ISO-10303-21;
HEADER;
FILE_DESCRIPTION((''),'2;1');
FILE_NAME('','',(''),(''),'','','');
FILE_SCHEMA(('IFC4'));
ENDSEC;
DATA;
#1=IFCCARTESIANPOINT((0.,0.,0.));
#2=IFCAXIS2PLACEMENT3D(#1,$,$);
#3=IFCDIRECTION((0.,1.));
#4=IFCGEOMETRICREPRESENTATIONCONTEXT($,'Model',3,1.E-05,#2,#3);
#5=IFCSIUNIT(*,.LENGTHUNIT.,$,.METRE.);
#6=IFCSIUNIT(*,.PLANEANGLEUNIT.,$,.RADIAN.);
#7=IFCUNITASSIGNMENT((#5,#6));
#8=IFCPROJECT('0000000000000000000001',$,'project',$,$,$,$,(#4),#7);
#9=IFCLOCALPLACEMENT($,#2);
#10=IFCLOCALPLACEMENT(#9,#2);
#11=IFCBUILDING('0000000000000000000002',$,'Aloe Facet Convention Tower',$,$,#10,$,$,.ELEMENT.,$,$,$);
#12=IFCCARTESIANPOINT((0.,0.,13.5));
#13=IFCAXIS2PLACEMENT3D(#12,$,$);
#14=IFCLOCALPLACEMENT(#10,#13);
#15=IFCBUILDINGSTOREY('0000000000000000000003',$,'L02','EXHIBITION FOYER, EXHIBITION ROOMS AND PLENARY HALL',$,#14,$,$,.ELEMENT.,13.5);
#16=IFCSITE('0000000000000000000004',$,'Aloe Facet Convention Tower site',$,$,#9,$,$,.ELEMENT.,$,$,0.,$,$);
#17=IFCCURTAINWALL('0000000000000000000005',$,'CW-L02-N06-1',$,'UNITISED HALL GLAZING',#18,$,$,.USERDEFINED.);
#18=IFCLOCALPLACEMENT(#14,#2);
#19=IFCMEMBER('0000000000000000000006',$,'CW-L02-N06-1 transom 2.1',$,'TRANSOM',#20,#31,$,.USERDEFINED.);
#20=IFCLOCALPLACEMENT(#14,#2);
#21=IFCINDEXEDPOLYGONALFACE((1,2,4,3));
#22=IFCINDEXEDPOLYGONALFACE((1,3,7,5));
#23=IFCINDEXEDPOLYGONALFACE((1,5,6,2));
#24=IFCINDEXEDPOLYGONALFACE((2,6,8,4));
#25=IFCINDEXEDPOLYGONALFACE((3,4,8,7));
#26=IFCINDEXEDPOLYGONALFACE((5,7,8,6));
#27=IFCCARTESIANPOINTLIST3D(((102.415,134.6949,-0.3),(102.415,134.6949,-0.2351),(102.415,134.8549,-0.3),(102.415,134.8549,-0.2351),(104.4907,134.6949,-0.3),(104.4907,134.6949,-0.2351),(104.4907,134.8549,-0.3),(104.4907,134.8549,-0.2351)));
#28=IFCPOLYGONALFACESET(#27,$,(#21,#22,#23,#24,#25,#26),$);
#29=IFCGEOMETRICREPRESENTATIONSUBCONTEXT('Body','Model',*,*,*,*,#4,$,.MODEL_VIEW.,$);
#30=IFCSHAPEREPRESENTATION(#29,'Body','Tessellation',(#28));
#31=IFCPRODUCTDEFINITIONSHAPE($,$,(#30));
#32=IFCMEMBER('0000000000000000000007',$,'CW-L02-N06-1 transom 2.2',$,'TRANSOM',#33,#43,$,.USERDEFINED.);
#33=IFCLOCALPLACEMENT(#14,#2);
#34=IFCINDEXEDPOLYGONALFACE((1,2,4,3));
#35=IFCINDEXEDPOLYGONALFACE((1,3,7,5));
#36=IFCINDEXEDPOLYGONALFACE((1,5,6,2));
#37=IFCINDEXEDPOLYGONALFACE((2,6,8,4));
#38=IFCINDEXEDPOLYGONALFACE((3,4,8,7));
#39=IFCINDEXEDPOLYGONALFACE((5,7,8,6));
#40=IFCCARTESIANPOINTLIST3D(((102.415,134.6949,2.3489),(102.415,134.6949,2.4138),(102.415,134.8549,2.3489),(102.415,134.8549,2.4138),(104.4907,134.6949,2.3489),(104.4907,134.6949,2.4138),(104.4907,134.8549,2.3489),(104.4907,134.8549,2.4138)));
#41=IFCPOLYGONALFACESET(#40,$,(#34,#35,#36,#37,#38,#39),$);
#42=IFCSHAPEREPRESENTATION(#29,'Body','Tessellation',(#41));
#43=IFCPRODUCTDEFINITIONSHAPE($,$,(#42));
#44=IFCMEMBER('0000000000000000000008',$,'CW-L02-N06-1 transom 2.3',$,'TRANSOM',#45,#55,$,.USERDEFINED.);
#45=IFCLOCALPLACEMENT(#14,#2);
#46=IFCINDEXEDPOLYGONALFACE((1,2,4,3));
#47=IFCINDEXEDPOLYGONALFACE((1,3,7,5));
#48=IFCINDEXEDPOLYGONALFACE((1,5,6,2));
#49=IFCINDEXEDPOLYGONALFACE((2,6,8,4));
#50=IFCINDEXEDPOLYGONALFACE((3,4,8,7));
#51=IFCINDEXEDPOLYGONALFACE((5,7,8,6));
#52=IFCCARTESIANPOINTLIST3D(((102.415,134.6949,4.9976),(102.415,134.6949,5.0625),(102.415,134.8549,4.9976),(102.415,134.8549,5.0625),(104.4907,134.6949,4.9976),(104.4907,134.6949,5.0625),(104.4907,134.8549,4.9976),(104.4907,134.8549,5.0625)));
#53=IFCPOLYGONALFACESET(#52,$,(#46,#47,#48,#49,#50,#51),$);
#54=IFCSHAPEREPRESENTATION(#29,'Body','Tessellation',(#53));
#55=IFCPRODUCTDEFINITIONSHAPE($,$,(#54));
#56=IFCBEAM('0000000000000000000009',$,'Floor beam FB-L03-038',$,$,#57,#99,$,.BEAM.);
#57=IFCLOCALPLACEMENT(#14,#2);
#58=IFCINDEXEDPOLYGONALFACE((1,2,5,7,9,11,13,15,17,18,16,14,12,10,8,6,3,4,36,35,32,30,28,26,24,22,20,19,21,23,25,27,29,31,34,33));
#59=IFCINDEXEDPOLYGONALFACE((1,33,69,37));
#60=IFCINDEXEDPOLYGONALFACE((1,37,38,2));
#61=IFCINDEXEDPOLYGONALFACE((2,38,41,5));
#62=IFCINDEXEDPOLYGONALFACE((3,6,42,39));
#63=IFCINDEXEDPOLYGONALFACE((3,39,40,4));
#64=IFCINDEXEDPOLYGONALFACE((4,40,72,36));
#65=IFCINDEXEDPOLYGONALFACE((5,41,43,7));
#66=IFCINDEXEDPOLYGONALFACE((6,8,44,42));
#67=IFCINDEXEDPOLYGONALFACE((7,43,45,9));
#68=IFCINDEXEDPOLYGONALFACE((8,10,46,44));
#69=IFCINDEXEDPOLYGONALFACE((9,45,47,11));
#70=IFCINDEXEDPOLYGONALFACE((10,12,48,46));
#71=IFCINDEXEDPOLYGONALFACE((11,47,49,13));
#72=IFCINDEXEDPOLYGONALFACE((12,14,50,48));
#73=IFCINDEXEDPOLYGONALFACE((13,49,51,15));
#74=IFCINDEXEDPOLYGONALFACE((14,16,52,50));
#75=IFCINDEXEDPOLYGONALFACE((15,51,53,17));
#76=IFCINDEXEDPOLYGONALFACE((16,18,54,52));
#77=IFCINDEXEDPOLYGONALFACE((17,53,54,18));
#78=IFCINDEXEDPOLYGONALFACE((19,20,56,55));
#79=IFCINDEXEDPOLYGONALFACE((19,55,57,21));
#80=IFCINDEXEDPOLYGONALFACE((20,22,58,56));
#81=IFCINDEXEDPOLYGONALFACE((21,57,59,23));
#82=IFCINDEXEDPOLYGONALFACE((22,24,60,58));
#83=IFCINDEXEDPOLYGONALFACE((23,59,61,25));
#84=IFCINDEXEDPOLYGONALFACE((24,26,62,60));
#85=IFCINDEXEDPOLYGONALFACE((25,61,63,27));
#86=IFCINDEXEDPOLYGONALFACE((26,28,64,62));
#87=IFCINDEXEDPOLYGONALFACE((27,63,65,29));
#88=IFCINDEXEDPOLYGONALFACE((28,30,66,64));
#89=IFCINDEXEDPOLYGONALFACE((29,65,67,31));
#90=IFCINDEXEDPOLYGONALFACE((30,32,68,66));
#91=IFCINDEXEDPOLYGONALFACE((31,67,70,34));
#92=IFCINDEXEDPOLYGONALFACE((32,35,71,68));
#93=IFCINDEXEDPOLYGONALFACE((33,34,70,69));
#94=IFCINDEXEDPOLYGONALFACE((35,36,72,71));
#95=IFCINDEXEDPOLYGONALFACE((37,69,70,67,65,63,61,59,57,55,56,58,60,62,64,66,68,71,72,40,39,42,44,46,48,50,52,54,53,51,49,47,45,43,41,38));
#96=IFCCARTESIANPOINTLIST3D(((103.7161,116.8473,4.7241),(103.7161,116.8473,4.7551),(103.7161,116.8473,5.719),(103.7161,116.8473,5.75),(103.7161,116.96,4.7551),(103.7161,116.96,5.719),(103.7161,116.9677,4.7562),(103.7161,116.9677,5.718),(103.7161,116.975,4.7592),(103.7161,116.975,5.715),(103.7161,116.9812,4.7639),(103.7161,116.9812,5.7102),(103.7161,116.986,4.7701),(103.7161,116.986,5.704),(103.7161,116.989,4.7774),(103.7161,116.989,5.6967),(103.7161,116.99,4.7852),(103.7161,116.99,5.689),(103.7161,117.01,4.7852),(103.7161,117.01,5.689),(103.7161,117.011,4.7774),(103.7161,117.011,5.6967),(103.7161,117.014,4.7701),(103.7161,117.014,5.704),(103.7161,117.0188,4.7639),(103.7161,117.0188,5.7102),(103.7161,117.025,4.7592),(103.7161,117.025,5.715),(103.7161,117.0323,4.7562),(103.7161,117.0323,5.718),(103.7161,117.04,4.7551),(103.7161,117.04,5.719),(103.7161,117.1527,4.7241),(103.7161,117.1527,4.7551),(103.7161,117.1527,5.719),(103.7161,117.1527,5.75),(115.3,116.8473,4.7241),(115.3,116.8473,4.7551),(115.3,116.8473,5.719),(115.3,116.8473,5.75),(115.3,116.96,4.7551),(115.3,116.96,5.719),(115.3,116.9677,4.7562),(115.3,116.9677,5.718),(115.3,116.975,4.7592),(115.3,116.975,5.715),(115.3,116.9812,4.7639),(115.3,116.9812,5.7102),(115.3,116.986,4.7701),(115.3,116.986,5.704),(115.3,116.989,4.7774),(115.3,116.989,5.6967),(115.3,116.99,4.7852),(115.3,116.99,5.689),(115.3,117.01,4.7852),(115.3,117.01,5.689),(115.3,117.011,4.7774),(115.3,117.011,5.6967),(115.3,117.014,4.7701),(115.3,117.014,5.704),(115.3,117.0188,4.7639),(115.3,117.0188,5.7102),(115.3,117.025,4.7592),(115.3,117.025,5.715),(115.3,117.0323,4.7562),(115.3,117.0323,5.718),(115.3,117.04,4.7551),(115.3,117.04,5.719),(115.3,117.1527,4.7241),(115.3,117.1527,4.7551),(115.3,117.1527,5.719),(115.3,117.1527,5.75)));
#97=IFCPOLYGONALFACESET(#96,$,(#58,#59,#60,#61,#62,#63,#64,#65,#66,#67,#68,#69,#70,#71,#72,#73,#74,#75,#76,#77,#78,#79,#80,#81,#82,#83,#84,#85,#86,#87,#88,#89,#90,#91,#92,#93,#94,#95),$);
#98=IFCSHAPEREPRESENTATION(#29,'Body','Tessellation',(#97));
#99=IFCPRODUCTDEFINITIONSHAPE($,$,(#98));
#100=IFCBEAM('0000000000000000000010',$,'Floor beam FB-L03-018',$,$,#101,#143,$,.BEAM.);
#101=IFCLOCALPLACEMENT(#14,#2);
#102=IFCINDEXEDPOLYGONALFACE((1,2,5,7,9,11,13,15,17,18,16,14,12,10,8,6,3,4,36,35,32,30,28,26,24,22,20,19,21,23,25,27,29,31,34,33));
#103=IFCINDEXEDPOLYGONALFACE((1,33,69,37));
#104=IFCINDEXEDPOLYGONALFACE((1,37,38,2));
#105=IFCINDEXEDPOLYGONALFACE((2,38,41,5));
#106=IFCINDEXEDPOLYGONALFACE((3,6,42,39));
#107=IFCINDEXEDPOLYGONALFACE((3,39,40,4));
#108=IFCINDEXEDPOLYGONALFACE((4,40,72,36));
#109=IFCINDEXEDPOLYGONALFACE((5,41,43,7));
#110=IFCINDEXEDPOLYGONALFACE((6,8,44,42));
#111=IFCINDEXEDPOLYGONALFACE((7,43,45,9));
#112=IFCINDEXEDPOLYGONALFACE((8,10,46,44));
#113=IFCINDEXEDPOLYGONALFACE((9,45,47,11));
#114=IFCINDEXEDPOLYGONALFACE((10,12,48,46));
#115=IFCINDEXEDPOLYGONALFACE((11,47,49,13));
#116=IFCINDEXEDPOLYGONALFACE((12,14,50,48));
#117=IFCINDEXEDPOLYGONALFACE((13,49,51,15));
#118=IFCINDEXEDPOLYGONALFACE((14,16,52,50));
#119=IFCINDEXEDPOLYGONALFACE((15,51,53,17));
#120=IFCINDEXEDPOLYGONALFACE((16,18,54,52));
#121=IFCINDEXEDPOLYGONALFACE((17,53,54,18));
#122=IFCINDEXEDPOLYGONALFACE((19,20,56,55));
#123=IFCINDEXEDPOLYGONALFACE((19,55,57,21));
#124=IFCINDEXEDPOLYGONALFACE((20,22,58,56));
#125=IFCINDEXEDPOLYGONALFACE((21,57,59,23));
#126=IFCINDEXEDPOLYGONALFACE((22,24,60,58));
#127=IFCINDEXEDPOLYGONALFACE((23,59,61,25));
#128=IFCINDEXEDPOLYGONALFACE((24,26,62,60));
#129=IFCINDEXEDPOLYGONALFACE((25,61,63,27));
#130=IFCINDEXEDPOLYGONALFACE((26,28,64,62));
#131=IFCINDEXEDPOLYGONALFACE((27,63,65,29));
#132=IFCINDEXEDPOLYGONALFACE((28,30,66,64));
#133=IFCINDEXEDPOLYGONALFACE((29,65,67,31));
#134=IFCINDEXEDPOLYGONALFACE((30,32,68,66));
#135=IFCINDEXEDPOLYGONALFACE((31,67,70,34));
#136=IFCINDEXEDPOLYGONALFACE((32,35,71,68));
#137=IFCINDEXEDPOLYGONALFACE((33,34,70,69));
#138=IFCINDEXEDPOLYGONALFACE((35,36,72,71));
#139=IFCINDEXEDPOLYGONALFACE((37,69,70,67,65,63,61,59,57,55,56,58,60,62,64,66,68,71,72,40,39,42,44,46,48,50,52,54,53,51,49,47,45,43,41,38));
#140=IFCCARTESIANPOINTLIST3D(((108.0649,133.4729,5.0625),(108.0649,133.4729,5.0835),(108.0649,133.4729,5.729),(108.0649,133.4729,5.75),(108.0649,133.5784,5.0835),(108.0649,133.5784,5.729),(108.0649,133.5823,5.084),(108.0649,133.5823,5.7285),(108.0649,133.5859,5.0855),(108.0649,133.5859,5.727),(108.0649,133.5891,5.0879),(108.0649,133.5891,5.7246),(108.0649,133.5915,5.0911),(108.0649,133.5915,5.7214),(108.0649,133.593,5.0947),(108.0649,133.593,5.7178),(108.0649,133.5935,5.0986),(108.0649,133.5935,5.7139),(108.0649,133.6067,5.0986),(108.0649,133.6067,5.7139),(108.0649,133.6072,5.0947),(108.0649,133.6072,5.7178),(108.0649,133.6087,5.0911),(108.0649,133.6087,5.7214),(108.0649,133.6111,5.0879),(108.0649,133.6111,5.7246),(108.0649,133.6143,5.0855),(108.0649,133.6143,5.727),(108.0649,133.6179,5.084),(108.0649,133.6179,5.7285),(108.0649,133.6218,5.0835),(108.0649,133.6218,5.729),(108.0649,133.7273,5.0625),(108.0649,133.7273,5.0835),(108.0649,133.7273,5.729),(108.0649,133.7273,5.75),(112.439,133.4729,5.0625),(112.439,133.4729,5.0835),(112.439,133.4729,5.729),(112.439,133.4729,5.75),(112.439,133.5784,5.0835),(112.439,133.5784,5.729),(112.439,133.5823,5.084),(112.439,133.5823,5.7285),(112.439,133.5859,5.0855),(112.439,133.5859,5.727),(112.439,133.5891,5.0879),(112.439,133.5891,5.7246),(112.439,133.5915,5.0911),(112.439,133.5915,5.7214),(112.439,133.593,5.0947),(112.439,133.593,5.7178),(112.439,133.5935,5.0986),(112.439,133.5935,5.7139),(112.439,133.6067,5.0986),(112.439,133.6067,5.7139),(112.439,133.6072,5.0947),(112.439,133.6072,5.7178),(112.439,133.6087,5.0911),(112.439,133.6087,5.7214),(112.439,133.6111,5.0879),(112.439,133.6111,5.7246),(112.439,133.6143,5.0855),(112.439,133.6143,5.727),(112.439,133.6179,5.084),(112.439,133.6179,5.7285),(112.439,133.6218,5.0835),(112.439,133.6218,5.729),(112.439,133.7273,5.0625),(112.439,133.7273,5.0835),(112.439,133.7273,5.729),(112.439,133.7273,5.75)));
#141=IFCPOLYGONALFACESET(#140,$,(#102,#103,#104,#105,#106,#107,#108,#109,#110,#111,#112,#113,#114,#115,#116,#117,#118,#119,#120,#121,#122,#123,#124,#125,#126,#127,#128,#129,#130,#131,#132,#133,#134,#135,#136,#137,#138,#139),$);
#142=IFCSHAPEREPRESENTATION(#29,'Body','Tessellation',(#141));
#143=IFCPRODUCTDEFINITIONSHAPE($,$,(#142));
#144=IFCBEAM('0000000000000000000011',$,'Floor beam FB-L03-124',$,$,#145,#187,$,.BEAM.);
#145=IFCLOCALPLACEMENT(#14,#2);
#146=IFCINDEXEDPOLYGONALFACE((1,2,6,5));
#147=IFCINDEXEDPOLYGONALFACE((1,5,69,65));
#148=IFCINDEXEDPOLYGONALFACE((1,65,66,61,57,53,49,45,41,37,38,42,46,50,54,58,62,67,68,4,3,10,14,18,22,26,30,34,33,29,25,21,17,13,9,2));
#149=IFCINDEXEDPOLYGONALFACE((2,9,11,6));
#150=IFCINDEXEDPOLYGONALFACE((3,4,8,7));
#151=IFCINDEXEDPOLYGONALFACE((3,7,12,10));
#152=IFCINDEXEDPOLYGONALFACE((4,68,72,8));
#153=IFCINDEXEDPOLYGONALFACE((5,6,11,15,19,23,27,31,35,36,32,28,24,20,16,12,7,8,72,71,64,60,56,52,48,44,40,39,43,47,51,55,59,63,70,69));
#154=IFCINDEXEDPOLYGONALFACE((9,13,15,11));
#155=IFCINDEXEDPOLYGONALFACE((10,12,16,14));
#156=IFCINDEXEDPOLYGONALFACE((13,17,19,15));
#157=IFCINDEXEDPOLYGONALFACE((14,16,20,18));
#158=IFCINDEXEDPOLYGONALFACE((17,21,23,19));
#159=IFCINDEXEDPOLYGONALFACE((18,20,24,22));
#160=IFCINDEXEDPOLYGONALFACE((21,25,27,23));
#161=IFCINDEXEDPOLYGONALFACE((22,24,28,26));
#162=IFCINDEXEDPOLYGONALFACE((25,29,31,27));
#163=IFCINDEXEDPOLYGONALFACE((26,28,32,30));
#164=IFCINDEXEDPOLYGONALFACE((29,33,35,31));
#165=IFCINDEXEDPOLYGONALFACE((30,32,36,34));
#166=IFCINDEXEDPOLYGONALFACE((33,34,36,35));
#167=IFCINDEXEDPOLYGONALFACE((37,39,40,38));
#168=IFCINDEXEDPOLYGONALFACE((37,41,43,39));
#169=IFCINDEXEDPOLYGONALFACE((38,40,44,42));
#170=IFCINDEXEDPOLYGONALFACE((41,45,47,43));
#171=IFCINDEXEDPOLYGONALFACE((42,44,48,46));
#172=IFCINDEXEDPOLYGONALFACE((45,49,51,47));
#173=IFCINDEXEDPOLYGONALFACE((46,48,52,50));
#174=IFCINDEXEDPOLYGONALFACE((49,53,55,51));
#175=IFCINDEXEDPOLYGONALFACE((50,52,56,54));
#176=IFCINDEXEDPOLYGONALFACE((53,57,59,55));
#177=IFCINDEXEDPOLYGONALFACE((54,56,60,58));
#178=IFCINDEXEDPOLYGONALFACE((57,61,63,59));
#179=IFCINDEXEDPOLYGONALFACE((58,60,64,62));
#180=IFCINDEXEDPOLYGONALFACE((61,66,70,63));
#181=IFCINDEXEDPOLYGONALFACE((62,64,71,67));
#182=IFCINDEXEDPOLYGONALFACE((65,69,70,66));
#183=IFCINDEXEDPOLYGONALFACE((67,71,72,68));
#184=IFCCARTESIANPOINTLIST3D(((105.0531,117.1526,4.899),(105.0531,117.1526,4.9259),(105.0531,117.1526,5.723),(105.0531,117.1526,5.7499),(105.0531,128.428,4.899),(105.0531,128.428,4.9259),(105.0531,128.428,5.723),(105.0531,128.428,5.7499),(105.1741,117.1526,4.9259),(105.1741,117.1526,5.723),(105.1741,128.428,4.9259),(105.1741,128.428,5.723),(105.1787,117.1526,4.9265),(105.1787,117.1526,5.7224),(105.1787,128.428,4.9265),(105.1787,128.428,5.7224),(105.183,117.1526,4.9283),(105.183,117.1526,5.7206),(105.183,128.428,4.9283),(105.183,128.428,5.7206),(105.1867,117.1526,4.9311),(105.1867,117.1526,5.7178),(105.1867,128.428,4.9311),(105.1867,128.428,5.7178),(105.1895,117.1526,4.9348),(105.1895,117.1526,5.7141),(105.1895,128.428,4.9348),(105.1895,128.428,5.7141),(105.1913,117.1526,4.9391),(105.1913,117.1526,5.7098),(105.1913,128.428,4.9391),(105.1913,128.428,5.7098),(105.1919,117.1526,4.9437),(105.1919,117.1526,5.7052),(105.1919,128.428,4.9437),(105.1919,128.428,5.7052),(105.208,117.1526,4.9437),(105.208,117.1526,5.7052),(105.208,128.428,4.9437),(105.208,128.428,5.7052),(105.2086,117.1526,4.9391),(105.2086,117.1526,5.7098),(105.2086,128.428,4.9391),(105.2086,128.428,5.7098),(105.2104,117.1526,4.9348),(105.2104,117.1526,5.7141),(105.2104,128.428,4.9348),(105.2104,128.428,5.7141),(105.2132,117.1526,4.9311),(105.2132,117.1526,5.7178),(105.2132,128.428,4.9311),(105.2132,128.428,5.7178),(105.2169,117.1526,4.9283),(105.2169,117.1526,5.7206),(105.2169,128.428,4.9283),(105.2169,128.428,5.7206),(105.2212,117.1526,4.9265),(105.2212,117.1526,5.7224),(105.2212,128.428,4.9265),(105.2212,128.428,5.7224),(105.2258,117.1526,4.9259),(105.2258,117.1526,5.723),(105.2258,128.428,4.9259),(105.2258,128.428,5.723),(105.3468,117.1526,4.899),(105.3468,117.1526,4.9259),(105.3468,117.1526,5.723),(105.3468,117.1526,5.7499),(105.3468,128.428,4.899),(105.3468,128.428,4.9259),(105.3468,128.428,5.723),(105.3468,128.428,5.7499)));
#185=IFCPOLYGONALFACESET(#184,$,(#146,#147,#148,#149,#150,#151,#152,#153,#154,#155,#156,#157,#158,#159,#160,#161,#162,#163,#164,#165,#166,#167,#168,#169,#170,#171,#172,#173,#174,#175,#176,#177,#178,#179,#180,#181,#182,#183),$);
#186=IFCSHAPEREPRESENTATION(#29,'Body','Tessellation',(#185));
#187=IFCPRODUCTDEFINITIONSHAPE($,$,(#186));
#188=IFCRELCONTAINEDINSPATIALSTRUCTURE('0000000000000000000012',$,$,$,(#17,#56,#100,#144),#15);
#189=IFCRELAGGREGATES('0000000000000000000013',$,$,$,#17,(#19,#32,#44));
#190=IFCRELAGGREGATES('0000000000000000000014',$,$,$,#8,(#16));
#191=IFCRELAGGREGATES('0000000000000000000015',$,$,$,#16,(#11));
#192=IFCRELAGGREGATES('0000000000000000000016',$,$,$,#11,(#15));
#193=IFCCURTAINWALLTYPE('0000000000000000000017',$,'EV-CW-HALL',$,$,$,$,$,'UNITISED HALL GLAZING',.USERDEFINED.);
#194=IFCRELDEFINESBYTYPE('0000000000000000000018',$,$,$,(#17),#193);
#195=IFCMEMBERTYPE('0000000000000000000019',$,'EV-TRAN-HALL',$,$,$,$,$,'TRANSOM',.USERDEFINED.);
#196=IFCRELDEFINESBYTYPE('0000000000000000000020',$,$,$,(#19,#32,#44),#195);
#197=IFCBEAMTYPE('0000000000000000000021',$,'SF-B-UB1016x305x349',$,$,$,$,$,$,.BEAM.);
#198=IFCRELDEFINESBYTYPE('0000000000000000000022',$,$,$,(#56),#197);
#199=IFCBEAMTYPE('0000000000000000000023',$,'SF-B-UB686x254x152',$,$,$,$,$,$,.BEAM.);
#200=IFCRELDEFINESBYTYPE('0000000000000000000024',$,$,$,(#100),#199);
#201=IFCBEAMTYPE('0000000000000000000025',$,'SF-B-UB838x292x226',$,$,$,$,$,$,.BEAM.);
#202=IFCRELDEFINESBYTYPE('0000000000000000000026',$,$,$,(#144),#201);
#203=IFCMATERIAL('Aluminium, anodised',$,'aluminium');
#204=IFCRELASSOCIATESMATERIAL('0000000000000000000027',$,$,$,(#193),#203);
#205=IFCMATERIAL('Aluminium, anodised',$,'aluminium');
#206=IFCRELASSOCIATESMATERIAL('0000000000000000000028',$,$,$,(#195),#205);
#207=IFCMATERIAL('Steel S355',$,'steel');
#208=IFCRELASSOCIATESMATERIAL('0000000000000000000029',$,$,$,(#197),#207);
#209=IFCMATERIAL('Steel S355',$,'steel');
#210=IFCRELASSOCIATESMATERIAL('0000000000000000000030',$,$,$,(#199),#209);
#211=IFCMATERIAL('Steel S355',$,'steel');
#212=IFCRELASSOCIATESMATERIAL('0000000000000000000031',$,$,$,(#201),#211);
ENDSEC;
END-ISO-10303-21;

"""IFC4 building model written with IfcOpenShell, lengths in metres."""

from ifc_helpers import new_model, si_unit, direction, frame, origin, origin_2d, place, context, subcontext, project, spatial, rectangle, i_section, extrude, material, material_profile, profile_set, type_object, element, aggregate, save


model = new_model("IFC4")

# Units and contexts
model_context = context("Model", 3, precision=1e-05, world=origin(), true_north=direction((0.0, 1.0)))
body_context = subcontext(model_context, "Body", "Model", "MODEL_VIEW")
ifc_project = project(units=[si_unit("LENGTHUNIT", "METRE"), si_unit("PLANEANGLEUNIT", "RADIAN")], contexts=[model_context])

# Site, building, storey
site_placement = place(None, origin())
site = spatial("IfcSite", under=ifc_project, at=site_placement, Name="Aloe Facet Convention Tower site", CompositionType="ELEMENT", RefElevation=0.0)
building_placement = place(site_placement, origin())
building = spatial("IfcBuilding", under=site, at=building_placement, Name="Aloe Facet Convention Tower", CompositionType="ELEMENT")
storey_placement = place(building_placement, frame((0.0, 0.0, 13.5)))
storey = spatial("IfcBuildingStorey", under=building, at=storey_placement, Name="L02", Description="EXHIBITION FOYER, EXHIBITION ROOMS AND PLENARY HALL", CompositionType="ELEMENT", Elevation=13.5)

# Shared definitions
ifc_material_1 = material(Name="Aluminium, anodised", Category="aluminium")
curtain_wall_type = type_object("IfcCurtainWallType", Name="EV-CW-HALL", ElementType="UNITISED HALL GLAZING", PredefinedType="USERDEFINED", material=ifc_material_1)

# Curtain wall, members
curtain_wall_1_placement = place(storey_placement, origin())
curtain_wall_1 = element("IfcCurtainWall", 1, at=curtain_wall_1_placement, inside=storey, type_object=curtain_wall_type, Name="CW-L02-N06-1", ObjectType="UNITISED HALL GLAZING", PredefinedType="USERDEFINED")
ifc_material_2 = material(Name="Aluminium, anodised", Category="aluminium")
ifc_material_profile_1 = material_profile(ifc_material_2, rectangle(XDim=0.1599, YDim=0.0649, at=origin_2d()), Name="AL 160x65")
ifc_profile_set_1 = profile_set([ifc_material_profile_1], Name="Aluminium, anodised")
member_type_1 = type_object("IfcMemberType", Name="EV-TRAN-HALL", ElementType="TRANSOM", PredefinedType="USERDEFINED", material=ifc_profile_set_1)
member_1_placement = place(storey_placement, frame((104.4907, 134.7749, -0.2676), z_axis=(-1.0, 0.0, 0.0), x_axis=(0.0, -1.0, 0.0)))
member_1 = element("IfcMember", 2, at=member_1_placement, type_object=member_type_1, Name="CW-L02-N06-1 transom 2.1", ObjectType="TRANSOM", PredefinedType="USERDEFINED", context=body_context, shape_type="SweptSolid", body=[
    extrude(rectangle(XDim=0.1599, YDim=0.0649, at=origin_2d()), origin(), (0.0, 0.0, 1.0), 2.0757),
])
member_2_placement = place(storey_placement, frame((104.4907, 134.7749, 2.3813), z_axis=(-1.0, 0.0, 0.0), x_axis=(0.0, -1.0, 0.0)))
member_2 = element("IfcMember", 3, at=member_2_placement, type_object=member_type_1, Name="CW-L02-N06-1 transom 2.2", ObjectType="TRANSOM", PredefinedType="USERDEFINED", context=body_context, shape_type="SweptSolid", body=[
    extrude(rectangle(XDim=0.1599, YDim=0.0649, at=origin_2d()), origin(), (0.0, 0.0, 1.0), 2.0757),
])
member_3_placement = place(storey_placement, frame((104.4907, 134.7749, 5.03), z_axis=(-1.0, 0.0, 0.0), x_axis=(0.0, -1.0, 0.0)))
member_3 = element("IfcMember", 4, at=member_3_placement, type_object=member_type_1, Name="CW-L02-N06-1 transom 2.3", ObjectType="TRANSOM", PredefinedType="USERDEFINED", context=body_context, shape_type="SweptSolid", body=[
    extrude(rectangle(XDim=0.1599, YDim=0.0649, at=origin_2d()), origin(), (0.0, 0.0, 1.0), 2.0757),
])

# Beams
ifc_material_3 = material(Name="Steel S355", Category="steel")
ifc_material_profile_2 = material_profile(ifc_material_3, i_section(OverallWidth=0.3054, OverallDepth=1.0259, WebThickness=0.02, FlangeThickness=0.031, FilletRadius=0.03, at=origin_2d()), Name="UB 1016x305x349")
ifc_profile_set_2 = profile_set([ifc_material_profile_2], Name="Steel S355")
beam_type_1 = type_object("IfcBeamType", Name="SF-B-UB1016x305x349", PredefinedType="BEAM", material=ifc_profile_set_2)
beam_1_placement = place(storey_placement, frame((103.7161, 117.0, 5.2371), z_axis=(1.0, 0.0, 0.0), x_axis=(0.0, 1.0, 0.0)))
element("IfcBeam", 5, at=beam_1_placement, inside=storey, type_object=beam_type_1, Name="Floor beam FB-L03-038", PredefinedType="BEAM", context=body_context, shape_type="SweptSolid", body=[
    extrude(i_section(OverallWidth=0.3054, OverallDepth=1.0259, WebThickness=0.02, FlangeThickness=0.031, FilletRadius=0.03, at=origin_2d()), origin(), (0.0, 0.0, 1.0), 11.584),
])
ifc_material_4 = material(Name="Steel S355", Category="steel")
ifc_material_profile_3 = material_profile(ifc_material_4, i_section(OverallWidth=0.2544, OverallDepth=0.6875, WebThickness=0.0132, FlangeThickness=0.021, FilletRadius=0.0151, at=origin_2d()), Name="UB 686x254x152")
ifc_profile_set_3 = profile_set([ifc_material_profile_3], Name="Steel S355")
beam_type_2 = type_object("IfcBeamType", Name="SF-B-UB686x254x152", PredefinedType="BEAM", material=ifc_profile_set_3)
beam_2_placement = place(storey_placement, frame((108.0649, 133.6001, 5.4062), z_axis=(1.0, 0.0, 0.0), x_axis=(0.0, 1.0, 0.0)))
element("IfcBeam", 6, at=beam_2_placement, inside=storey, type_object=beam_type_2, Name="Floor beam FB-L03-018", PredefinedType="BEAM", context=body_context, shape_type="SweptSolid", body=[
    extrude(i_section(OverallWidth=0.2544, OverallDepth=0.6875, WebThickness=0.0132, FlangeThickness=0.021, FilletRadius=0.0151, at=origin_2d()), origin(), (0.0, 0.0, 1.0), 4.374),
])
ifc_material_5 = material(Name="Steel S355", Category="steel")
ifc_material_profile_4 = material_profile(ifc_material_5, i_section(OverallWidth=0.2937, OverallDepth=0.8508, WebThickness=0.0161, FlangeThickness=0.0269, FilletRadius=0.0178, at=origin_2d()), Name="UB 838x292x226")
ifc_profile_set_4 = profile_set([ifc_material_profile_4], Name="Steel S355")
beam_type_3 = type_object("IfcBeamType", Name="SF-B-UB838x292x226", PredefinedType="BEAM", material=ifc_profile_set_4)
beam_3_placement = place(storey_placement, frame((105.2, 117.1526, 5.3245), z_axis=(0.0, 1.0, 0.0), x_axis=(-1.0, 0.0, 0.0)))
element("IfcBeam", 7, at=beam_3_placement, inside=storey, type_object=beam_type_3, Name="Floor beam FB-L03-124", PredefinedType="BEAM", context=body_context, shape_type="SweptSolid", body=[
    extrude(i_section(OverallWidth=0.2937, OverallDepth=0.8508, WebThickness=0.0161, FlangeThickness=0.0269, FilletRadius=0.0178, at=origin_2d()), origin(), (0.0, 0.0, 1.0), 11.2754),
])

aggregate(curtain_wall_1, [member_1, member_2, member_3])

save(model, "model.ifc")
